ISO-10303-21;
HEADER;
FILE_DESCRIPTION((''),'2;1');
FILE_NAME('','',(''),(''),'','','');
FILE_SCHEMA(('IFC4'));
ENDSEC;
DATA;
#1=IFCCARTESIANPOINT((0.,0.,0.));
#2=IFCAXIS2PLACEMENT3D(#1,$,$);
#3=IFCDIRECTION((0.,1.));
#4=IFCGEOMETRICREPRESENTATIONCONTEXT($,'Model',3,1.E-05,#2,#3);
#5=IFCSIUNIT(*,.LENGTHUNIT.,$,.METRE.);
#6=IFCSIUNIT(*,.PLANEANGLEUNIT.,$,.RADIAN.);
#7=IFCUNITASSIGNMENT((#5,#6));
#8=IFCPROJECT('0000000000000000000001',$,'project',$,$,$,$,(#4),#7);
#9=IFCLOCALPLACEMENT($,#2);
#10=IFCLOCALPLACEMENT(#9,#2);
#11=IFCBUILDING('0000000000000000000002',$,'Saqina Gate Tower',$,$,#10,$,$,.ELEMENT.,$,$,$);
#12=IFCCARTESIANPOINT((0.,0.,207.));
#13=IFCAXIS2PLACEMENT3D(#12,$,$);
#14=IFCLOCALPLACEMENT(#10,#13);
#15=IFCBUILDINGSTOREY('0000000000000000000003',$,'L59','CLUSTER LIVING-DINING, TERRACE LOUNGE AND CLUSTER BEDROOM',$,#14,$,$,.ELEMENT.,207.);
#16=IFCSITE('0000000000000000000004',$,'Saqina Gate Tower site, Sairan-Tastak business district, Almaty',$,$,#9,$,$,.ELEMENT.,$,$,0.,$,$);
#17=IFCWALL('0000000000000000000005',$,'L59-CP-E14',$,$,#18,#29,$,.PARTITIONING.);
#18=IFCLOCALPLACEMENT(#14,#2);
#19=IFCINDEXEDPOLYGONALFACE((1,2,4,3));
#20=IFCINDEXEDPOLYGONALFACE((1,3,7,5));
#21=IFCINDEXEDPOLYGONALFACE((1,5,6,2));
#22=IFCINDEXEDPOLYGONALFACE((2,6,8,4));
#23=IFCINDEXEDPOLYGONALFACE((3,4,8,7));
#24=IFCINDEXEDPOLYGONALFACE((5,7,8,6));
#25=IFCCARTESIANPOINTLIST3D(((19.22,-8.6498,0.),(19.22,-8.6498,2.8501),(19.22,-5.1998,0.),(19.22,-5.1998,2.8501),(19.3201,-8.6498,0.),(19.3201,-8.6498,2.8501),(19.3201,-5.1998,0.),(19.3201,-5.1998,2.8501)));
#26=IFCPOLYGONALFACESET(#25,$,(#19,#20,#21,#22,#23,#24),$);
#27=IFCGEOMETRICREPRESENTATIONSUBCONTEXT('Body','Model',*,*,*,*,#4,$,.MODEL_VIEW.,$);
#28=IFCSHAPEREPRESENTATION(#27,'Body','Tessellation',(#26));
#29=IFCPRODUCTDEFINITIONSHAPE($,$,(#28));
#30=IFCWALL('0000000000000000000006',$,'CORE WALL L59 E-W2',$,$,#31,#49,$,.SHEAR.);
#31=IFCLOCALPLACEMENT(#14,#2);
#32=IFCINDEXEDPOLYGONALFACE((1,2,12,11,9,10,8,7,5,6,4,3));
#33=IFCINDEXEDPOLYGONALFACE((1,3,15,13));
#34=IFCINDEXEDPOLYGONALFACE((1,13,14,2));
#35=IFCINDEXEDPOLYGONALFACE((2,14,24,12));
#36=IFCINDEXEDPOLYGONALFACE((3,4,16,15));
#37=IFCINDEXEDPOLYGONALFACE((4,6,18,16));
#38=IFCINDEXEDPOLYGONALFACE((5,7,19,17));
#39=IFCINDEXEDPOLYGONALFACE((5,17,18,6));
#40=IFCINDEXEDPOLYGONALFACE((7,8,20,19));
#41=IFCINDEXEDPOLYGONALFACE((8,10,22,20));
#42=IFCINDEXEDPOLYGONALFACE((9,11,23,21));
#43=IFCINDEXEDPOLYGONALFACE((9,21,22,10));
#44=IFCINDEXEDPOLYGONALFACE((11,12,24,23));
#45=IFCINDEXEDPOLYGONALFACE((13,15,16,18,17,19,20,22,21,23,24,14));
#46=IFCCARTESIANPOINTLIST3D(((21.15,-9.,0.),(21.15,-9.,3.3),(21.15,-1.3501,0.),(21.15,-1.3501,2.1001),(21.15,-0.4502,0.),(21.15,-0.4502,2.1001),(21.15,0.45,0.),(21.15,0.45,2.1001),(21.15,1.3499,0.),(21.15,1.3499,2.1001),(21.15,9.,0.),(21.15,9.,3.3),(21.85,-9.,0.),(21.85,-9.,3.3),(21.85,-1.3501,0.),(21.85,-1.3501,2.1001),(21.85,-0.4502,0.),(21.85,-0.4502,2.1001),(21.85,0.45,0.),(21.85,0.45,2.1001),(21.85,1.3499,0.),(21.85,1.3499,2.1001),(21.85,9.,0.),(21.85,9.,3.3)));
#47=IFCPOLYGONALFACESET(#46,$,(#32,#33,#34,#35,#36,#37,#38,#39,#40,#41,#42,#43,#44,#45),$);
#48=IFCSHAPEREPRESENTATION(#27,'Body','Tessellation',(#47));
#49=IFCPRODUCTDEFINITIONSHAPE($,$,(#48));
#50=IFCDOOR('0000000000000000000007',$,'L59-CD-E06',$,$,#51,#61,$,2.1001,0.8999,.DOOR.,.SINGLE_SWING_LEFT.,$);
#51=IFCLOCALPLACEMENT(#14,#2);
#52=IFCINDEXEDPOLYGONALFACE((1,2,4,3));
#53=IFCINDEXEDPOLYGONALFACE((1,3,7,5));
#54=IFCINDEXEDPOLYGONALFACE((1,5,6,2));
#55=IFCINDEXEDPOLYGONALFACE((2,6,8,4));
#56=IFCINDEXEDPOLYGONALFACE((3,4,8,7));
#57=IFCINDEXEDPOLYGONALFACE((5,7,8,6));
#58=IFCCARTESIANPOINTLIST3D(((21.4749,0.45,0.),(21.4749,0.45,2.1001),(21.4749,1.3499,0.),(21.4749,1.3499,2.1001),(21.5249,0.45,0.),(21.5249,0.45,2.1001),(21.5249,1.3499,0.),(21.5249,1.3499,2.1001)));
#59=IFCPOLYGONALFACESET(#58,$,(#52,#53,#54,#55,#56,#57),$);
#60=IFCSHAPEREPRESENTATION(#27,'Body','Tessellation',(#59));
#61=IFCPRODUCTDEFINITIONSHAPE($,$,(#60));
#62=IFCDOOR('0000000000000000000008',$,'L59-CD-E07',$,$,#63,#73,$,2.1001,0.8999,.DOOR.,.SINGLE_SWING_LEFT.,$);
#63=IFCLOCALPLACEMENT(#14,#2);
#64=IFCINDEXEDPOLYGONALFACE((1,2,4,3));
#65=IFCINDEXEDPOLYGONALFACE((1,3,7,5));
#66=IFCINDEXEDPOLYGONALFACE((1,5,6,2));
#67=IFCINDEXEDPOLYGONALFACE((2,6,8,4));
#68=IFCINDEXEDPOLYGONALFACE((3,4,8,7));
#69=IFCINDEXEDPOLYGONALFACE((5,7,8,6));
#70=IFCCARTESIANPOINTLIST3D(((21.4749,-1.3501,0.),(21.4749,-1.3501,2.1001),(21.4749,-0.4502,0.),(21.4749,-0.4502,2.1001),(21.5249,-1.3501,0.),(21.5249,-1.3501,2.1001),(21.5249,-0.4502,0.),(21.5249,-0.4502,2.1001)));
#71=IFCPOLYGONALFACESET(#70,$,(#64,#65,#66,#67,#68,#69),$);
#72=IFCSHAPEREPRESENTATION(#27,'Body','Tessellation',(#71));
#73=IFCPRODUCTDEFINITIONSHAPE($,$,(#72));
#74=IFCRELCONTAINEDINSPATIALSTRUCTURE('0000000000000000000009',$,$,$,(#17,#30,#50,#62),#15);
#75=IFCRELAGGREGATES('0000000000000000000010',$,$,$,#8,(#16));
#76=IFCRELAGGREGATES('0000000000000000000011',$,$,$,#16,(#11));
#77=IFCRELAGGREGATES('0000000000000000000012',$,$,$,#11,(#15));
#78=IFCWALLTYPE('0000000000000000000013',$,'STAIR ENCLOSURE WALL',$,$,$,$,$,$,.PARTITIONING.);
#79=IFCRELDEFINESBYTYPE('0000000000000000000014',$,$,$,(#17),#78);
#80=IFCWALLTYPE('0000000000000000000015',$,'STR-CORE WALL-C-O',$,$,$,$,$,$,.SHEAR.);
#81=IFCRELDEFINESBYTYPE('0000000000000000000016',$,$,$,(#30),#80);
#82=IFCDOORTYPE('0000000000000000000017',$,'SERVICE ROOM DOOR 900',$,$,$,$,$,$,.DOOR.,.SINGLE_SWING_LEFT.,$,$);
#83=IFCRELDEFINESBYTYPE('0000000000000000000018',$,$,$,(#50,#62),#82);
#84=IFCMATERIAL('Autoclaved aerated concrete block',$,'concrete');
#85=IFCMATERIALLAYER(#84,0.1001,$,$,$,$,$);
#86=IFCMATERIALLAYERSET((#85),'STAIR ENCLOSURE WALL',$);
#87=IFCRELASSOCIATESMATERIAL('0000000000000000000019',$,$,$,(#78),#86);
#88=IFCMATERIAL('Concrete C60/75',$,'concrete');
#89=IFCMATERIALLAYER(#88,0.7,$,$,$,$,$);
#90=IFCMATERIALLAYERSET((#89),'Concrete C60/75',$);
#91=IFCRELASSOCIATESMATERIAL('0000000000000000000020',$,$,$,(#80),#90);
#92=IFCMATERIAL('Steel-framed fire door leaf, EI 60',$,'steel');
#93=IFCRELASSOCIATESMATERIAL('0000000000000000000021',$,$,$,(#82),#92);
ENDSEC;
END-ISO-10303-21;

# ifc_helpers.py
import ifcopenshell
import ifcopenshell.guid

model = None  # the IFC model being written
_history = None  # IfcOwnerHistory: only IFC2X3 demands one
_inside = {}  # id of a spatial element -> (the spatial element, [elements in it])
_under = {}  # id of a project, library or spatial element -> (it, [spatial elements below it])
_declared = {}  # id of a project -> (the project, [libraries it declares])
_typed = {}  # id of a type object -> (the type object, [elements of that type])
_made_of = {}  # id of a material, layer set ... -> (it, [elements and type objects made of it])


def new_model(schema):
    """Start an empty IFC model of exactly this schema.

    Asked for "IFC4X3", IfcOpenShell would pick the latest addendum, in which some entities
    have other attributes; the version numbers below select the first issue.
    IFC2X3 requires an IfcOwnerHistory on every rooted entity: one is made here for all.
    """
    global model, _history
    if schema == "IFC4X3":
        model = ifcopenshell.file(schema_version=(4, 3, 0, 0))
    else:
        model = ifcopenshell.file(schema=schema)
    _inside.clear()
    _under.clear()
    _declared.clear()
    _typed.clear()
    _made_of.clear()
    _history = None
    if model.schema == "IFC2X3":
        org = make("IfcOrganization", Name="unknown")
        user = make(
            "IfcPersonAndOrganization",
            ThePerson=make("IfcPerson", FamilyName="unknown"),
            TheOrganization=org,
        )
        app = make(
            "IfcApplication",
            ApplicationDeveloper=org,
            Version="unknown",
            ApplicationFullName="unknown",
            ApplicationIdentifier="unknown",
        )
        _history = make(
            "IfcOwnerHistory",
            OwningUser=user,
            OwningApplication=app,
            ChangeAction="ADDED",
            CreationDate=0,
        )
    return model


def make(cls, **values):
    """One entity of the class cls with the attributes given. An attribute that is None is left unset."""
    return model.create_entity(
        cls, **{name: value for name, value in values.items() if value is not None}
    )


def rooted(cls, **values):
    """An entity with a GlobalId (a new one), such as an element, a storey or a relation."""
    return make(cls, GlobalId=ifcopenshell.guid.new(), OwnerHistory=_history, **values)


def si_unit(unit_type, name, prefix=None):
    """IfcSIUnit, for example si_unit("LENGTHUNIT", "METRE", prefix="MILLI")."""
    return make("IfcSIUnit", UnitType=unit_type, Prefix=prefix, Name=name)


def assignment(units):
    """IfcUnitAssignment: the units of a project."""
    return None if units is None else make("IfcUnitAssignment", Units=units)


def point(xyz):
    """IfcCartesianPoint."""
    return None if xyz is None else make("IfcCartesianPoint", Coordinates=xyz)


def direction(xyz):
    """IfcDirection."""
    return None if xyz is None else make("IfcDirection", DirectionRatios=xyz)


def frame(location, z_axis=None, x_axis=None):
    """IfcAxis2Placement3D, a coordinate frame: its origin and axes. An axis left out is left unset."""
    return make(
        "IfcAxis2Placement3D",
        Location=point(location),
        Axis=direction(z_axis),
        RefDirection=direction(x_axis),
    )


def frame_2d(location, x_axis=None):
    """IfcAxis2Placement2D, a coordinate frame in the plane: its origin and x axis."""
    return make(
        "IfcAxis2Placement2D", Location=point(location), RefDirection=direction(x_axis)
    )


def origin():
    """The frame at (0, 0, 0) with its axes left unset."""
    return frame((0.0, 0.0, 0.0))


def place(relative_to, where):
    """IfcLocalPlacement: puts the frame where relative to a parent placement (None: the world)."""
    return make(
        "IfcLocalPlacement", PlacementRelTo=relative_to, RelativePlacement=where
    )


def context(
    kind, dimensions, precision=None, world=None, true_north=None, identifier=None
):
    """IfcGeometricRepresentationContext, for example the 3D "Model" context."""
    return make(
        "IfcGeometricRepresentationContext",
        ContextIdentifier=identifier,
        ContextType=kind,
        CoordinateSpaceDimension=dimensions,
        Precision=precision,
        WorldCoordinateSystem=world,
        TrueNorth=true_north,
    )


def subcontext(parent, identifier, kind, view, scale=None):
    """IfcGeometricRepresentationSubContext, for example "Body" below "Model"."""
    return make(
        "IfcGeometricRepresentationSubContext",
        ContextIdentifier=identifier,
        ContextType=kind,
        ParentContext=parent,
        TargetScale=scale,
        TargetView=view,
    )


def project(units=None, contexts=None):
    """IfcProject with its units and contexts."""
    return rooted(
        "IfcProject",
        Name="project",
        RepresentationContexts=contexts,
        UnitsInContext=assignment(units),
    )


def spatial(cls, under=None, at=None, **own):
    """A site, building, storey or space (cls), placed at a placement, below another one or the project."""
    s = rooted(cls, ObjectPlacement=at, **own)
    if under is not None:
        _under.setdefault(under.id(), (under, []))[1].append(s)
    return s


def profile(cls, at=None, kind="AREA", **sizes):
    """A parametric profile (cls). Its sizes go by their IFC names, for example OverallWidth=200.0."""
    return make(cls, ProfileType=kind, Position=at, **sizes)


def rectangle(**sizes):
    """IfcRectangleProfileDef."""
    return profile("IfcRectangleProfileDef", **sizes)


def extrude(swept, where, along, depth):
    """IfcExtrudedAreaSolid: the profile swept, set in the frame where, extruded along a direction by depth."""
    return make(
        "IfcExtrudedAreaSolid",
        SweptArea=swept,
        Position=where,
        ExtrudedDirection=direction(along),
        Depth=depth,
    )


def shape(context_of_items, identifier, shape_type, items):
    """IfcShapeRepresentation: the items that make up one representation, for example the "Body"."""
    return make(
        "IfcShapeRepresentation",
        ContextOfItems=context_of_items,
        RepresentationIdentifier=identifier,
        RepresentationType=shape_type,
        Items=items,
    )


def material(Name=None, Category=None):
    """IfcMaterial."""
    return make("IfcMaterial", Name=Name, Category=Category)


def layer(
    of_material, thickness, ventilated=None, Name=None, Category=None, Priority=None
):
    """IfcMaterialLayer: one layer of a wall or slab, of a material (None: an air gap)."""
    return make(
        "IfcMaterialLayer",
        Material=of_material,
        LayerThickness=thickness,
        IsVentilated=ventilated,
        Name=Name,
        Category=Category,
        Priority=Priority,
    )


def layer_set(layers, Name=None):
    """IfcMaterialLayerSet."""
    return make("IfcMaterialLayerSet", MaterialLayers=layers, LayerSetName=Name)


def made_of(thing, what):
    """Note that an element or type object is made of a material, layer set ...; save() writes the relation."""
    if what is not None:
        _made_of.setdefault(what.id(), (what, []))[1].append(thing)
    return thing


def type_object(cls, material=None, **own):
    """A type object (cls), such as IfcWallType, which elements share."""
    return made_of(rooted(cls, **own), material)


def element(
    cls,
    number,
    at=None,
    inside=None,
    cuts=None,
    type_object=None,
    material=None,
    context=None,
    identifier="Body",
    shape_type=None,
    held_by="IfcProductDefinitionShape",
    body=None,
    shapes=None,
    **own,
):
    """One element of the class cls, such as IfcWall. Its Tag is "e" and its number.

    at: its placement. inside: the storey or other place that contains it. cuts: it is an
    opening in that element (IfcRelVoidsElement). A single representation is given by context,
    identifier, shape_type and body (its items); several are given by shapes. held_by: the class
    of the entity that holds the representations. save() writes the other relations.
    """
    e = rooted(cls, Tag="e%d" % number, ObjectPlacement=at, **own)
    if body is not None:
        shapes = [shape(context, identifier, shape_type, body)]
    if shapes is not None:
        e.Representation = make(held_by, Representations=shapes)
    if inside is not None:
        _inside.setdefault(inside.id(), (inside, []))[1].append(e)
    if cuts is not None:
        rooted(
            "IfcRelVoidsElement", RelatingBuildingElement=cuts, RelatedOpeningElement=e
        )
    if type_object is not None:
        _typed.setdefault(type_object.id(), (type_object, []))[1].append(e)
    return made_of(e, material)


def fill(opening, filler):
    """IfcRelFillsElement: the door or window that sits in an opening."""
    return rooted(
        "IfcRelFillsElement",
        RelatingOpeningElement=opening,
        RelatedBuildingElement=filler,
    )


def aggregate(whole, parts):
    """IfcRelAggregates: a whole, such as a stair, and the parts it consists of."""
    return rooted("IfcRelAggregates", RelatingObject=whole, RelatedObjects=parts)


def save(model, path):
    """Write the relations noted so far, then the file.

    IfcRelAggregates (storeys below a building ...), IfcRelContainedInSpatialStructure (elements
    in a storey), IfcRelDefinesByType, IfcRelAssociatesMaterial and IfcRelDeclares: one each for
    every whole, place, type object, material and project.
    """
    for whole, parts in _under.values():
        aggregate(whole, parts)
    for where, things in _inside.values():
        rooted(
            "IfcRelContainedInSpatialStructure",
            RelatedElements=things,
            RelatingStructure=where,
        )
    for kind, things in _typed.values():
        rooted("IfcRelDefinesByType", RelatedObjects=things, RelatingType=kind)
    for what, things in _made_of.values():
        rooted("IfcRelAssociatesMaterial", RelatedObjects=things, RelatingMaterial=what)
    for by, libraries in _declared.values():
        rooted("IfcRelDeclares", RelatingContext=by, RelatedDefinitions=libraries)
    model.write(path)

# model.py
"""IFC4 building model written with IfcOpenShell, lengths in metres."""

from ifc_helpers import new_model, si_unit, direction, frame, frame_2d, origin, place, context, subcontext, project, spatial, rectangle, extrude, material, layer, layer_set, type_object, element, fill, save


model = new_model("IFC4")

# Units and contexts
model_context = context("Model", 3, precision=1e-05, world=origin(), true_north=direction((0.0, 1.0)))
body_context = subcontext(model_context, "Body", "Model", "MODEL_VIEW")
ifc_project = project(units=[si_unit("LENGTHUNIT", "METRE"), si_unit("PLANEANGLEUNIT", "RADIAN")], contexts=[model_context])

# Site, building, storey
site_placement = place(None, origin())
site = spatial("IfcSite", under=ifc_project, at=site_placement, Name="Saqina Gate Tower site, Sairan-Tastak business district, Almaty", CompositionType="ELEMENT", RefElevation=0.0)
building_placement = place(site_placement, origin())
building = spatial("IfcBuilding", under=site, at=building_placement, Name="Saqina Gate Tower", CompositionType="ELEMENT")
storey_placement = place(building_placement, frame((0.0, 0.0, 207.0)))
storey = spatial("IfcBuildingStorey", under=building, at=storey_placement, Name="L59", Description="CLUSTER LIVING-DINING, TERRACE LOUNGE AND CLUSTER BEDROOM", CompositionType="ELEMENT", Elevation=207.0)

# Wall
ifc_material_1 = material(Name="Autoclaved aerated concrete block", Category="concrete")
ifc_layer_1 = layer(ifc_material_1, 0.1001)
ifc_layer_set_1 = layer_set([ifc_layer_1], Name="STAIR ENCLOSURE WALL")
wall_type_1 = type_object("IfcWallType", Name="STAIR ENCLOSURE WALL", PredefinedType="PARTITIONING", material=ifc_layer_set_1)
wall_1_placement = place(storey_placement, frame((19.27, -8.6499, 0.0), z_axis=(0.0, 0.0, 1.0), x_axis=(0.0, 1.0, 0.0)))
element("IfcWall", 1, at=wall_1_placement, inside=storey, type_object=wall_type_1, Name="L59-CP-E14", PredefinedType="PARTITIONING", context=body_context, shape_type="SweptSolid", body=[
    extrude(rectangle(XDim=3.45, YDim=0.1001, at=frame_2d((1.7251, 0.0))), origin(), (0.0, 0.0, 1.0), 2.8501),
])

# Wall, openings, doors
ifc_material_2 = material(Name="Concrete C60/75", Category="concrete")
ifc_layer_2 = layer(ifc_material_2, 0.7)
ifc_layer_set_2 = layer_set([ifc_layer_2], Name="Concrete C60/75")
wall_type_2 = type_object("IfcWallType", Name="STR-CORE WALL-C-O", PredefinedType="SHEAR", material=ifc_layer_set_2)
wall_2_placement = place(storey_placement, frame((21.5, -9.0, 0.0), z_axis=(0.0, 0.0, 1.0), x_axis=(0.0, 1.0, 0.0)))
wall_2 = element("IfcWall", 2, at=wall_2_placement, inside=storey, type_object=wall_type_2, Name="CORE WALL L59 E-W2", PredefinedType="SHEAR", context=body_context, shape_type="SweptSolid", body=[
    extrude(rectangle(XDim=18.0, YDim=0.7, at=frame_2d((9.0, 0.0))), origin(), (0.0, 0.0, 1.0), 3.3),
])
opening_1_placement = place(wall_2_placement, frame((9.45, 0.0, 0.0)))
opening_1 = element("IfcOpeningElement", 3, at=opening_1_placement, cuts=wall_2, PredefinedType="OPENING", context=body_context, shape_type="SweptSolid", body=[
    extrude(rectangle(XDim=0.8999, YDim=2.1001, at=frame_2d((0.45, 1.05))), frame((0.0, 0.3621, 0.0), z_axis=(0.0, -1.0, 0.0), x_axis=(1.0, 0.0, 0.0)), (0.0, 0.0, 1.0), 0.7239),
])
opening_2_placement = place(wall_2_placement, frame((7.6499, 0.0, 0.0)))
opening_2 = element("IfcOpeningElement", 4, at=opening_2_placement, cuts=wall_2, PredefinedType="OPENING", context=body_context, shape_type="SweptSolid", body=[
    extrude(rectangle(XDim=0.8999, YDim=2.1001, at=frame_2d((0.45, 1.05))), frame((0.0, 0.3621, 0.0), z_axis=(0.0, -1.0, 0.0), x_axis=(1.0, 0.0, 0.0)), (0.0, 0.0, 1.0), 0.7239),
])
ifc_material_3 = material(Name="Steel-framed fire door leaf, EI 60", Category="steel")
door_type_1 = type_object("IfcDoorType", Name="SERVICE ROOM DOOR 900", OperationType="SINGLE_SWING_LEFT", PredefinedType="DOOR", material=ifc_material_3)
door_1_placement = place(opening_1_placement, frame((0.8999, 0.0, 0.0), z_axis=(0.0, 0.0, 1.0), x_axis=(-1.0, 0.0, 0.0)))
door_1 = element("IfcDoor", 5, at=door_1_placement, inside=storey, type_object=door_type_1, Name="L59-CD-E06", OperationType="SINGLE_SWING_LEFT", OverallHeight=2.1001, OverallWidth=0.8999, PredefinedType="DOOR", context=body_context, shape_type="SweptSolid", body=[
    extrude(rectangle(XDim=0.8999, YDim=2.1001, at=frame_2d((0.45, 1.05))), frame((0.0, 0.0249, 0.0), z_axis=(0.0, -1.0, 0.0), x_axis=(1.0, 0.0, 0.0)), (0.0, 0.0, 1.0), 0.05),
])
fill(opening_1, door_1)
door_2_placement = place(opening_2_placement, frame((0.8999, 0.0, 0.0), z_axis=(0.0, 0.0, 1.0), x_axis=(-1.0, 0.0, 0.0)))
door_2 = element("IfcDoor", 6, at=door_2_placement, inside=storey, type_object=door_type_1, Name="L59-CD-E07", OperationType="SINGLE_SWING_LEFT", OverallHeight=2.1001, OverallWidth=0.8999, PredefinedType="DOOR", context=body_context, shape_type="SweptSolid", body=[
    extrude(rectangle(XDim=0.8999, YDim=2.1001, at=frame_2d((0.45, 1.05))), frame((0.0, 0.0249, 0.0), z_axis=(0.0, -1.0, 0.0), x_axis=(1.0, 0.0, 0.0)), (0.0, 0.0, 1.0), 0.05),
])
fill(opening_2, door_2)

save(model, "model.ifc")
